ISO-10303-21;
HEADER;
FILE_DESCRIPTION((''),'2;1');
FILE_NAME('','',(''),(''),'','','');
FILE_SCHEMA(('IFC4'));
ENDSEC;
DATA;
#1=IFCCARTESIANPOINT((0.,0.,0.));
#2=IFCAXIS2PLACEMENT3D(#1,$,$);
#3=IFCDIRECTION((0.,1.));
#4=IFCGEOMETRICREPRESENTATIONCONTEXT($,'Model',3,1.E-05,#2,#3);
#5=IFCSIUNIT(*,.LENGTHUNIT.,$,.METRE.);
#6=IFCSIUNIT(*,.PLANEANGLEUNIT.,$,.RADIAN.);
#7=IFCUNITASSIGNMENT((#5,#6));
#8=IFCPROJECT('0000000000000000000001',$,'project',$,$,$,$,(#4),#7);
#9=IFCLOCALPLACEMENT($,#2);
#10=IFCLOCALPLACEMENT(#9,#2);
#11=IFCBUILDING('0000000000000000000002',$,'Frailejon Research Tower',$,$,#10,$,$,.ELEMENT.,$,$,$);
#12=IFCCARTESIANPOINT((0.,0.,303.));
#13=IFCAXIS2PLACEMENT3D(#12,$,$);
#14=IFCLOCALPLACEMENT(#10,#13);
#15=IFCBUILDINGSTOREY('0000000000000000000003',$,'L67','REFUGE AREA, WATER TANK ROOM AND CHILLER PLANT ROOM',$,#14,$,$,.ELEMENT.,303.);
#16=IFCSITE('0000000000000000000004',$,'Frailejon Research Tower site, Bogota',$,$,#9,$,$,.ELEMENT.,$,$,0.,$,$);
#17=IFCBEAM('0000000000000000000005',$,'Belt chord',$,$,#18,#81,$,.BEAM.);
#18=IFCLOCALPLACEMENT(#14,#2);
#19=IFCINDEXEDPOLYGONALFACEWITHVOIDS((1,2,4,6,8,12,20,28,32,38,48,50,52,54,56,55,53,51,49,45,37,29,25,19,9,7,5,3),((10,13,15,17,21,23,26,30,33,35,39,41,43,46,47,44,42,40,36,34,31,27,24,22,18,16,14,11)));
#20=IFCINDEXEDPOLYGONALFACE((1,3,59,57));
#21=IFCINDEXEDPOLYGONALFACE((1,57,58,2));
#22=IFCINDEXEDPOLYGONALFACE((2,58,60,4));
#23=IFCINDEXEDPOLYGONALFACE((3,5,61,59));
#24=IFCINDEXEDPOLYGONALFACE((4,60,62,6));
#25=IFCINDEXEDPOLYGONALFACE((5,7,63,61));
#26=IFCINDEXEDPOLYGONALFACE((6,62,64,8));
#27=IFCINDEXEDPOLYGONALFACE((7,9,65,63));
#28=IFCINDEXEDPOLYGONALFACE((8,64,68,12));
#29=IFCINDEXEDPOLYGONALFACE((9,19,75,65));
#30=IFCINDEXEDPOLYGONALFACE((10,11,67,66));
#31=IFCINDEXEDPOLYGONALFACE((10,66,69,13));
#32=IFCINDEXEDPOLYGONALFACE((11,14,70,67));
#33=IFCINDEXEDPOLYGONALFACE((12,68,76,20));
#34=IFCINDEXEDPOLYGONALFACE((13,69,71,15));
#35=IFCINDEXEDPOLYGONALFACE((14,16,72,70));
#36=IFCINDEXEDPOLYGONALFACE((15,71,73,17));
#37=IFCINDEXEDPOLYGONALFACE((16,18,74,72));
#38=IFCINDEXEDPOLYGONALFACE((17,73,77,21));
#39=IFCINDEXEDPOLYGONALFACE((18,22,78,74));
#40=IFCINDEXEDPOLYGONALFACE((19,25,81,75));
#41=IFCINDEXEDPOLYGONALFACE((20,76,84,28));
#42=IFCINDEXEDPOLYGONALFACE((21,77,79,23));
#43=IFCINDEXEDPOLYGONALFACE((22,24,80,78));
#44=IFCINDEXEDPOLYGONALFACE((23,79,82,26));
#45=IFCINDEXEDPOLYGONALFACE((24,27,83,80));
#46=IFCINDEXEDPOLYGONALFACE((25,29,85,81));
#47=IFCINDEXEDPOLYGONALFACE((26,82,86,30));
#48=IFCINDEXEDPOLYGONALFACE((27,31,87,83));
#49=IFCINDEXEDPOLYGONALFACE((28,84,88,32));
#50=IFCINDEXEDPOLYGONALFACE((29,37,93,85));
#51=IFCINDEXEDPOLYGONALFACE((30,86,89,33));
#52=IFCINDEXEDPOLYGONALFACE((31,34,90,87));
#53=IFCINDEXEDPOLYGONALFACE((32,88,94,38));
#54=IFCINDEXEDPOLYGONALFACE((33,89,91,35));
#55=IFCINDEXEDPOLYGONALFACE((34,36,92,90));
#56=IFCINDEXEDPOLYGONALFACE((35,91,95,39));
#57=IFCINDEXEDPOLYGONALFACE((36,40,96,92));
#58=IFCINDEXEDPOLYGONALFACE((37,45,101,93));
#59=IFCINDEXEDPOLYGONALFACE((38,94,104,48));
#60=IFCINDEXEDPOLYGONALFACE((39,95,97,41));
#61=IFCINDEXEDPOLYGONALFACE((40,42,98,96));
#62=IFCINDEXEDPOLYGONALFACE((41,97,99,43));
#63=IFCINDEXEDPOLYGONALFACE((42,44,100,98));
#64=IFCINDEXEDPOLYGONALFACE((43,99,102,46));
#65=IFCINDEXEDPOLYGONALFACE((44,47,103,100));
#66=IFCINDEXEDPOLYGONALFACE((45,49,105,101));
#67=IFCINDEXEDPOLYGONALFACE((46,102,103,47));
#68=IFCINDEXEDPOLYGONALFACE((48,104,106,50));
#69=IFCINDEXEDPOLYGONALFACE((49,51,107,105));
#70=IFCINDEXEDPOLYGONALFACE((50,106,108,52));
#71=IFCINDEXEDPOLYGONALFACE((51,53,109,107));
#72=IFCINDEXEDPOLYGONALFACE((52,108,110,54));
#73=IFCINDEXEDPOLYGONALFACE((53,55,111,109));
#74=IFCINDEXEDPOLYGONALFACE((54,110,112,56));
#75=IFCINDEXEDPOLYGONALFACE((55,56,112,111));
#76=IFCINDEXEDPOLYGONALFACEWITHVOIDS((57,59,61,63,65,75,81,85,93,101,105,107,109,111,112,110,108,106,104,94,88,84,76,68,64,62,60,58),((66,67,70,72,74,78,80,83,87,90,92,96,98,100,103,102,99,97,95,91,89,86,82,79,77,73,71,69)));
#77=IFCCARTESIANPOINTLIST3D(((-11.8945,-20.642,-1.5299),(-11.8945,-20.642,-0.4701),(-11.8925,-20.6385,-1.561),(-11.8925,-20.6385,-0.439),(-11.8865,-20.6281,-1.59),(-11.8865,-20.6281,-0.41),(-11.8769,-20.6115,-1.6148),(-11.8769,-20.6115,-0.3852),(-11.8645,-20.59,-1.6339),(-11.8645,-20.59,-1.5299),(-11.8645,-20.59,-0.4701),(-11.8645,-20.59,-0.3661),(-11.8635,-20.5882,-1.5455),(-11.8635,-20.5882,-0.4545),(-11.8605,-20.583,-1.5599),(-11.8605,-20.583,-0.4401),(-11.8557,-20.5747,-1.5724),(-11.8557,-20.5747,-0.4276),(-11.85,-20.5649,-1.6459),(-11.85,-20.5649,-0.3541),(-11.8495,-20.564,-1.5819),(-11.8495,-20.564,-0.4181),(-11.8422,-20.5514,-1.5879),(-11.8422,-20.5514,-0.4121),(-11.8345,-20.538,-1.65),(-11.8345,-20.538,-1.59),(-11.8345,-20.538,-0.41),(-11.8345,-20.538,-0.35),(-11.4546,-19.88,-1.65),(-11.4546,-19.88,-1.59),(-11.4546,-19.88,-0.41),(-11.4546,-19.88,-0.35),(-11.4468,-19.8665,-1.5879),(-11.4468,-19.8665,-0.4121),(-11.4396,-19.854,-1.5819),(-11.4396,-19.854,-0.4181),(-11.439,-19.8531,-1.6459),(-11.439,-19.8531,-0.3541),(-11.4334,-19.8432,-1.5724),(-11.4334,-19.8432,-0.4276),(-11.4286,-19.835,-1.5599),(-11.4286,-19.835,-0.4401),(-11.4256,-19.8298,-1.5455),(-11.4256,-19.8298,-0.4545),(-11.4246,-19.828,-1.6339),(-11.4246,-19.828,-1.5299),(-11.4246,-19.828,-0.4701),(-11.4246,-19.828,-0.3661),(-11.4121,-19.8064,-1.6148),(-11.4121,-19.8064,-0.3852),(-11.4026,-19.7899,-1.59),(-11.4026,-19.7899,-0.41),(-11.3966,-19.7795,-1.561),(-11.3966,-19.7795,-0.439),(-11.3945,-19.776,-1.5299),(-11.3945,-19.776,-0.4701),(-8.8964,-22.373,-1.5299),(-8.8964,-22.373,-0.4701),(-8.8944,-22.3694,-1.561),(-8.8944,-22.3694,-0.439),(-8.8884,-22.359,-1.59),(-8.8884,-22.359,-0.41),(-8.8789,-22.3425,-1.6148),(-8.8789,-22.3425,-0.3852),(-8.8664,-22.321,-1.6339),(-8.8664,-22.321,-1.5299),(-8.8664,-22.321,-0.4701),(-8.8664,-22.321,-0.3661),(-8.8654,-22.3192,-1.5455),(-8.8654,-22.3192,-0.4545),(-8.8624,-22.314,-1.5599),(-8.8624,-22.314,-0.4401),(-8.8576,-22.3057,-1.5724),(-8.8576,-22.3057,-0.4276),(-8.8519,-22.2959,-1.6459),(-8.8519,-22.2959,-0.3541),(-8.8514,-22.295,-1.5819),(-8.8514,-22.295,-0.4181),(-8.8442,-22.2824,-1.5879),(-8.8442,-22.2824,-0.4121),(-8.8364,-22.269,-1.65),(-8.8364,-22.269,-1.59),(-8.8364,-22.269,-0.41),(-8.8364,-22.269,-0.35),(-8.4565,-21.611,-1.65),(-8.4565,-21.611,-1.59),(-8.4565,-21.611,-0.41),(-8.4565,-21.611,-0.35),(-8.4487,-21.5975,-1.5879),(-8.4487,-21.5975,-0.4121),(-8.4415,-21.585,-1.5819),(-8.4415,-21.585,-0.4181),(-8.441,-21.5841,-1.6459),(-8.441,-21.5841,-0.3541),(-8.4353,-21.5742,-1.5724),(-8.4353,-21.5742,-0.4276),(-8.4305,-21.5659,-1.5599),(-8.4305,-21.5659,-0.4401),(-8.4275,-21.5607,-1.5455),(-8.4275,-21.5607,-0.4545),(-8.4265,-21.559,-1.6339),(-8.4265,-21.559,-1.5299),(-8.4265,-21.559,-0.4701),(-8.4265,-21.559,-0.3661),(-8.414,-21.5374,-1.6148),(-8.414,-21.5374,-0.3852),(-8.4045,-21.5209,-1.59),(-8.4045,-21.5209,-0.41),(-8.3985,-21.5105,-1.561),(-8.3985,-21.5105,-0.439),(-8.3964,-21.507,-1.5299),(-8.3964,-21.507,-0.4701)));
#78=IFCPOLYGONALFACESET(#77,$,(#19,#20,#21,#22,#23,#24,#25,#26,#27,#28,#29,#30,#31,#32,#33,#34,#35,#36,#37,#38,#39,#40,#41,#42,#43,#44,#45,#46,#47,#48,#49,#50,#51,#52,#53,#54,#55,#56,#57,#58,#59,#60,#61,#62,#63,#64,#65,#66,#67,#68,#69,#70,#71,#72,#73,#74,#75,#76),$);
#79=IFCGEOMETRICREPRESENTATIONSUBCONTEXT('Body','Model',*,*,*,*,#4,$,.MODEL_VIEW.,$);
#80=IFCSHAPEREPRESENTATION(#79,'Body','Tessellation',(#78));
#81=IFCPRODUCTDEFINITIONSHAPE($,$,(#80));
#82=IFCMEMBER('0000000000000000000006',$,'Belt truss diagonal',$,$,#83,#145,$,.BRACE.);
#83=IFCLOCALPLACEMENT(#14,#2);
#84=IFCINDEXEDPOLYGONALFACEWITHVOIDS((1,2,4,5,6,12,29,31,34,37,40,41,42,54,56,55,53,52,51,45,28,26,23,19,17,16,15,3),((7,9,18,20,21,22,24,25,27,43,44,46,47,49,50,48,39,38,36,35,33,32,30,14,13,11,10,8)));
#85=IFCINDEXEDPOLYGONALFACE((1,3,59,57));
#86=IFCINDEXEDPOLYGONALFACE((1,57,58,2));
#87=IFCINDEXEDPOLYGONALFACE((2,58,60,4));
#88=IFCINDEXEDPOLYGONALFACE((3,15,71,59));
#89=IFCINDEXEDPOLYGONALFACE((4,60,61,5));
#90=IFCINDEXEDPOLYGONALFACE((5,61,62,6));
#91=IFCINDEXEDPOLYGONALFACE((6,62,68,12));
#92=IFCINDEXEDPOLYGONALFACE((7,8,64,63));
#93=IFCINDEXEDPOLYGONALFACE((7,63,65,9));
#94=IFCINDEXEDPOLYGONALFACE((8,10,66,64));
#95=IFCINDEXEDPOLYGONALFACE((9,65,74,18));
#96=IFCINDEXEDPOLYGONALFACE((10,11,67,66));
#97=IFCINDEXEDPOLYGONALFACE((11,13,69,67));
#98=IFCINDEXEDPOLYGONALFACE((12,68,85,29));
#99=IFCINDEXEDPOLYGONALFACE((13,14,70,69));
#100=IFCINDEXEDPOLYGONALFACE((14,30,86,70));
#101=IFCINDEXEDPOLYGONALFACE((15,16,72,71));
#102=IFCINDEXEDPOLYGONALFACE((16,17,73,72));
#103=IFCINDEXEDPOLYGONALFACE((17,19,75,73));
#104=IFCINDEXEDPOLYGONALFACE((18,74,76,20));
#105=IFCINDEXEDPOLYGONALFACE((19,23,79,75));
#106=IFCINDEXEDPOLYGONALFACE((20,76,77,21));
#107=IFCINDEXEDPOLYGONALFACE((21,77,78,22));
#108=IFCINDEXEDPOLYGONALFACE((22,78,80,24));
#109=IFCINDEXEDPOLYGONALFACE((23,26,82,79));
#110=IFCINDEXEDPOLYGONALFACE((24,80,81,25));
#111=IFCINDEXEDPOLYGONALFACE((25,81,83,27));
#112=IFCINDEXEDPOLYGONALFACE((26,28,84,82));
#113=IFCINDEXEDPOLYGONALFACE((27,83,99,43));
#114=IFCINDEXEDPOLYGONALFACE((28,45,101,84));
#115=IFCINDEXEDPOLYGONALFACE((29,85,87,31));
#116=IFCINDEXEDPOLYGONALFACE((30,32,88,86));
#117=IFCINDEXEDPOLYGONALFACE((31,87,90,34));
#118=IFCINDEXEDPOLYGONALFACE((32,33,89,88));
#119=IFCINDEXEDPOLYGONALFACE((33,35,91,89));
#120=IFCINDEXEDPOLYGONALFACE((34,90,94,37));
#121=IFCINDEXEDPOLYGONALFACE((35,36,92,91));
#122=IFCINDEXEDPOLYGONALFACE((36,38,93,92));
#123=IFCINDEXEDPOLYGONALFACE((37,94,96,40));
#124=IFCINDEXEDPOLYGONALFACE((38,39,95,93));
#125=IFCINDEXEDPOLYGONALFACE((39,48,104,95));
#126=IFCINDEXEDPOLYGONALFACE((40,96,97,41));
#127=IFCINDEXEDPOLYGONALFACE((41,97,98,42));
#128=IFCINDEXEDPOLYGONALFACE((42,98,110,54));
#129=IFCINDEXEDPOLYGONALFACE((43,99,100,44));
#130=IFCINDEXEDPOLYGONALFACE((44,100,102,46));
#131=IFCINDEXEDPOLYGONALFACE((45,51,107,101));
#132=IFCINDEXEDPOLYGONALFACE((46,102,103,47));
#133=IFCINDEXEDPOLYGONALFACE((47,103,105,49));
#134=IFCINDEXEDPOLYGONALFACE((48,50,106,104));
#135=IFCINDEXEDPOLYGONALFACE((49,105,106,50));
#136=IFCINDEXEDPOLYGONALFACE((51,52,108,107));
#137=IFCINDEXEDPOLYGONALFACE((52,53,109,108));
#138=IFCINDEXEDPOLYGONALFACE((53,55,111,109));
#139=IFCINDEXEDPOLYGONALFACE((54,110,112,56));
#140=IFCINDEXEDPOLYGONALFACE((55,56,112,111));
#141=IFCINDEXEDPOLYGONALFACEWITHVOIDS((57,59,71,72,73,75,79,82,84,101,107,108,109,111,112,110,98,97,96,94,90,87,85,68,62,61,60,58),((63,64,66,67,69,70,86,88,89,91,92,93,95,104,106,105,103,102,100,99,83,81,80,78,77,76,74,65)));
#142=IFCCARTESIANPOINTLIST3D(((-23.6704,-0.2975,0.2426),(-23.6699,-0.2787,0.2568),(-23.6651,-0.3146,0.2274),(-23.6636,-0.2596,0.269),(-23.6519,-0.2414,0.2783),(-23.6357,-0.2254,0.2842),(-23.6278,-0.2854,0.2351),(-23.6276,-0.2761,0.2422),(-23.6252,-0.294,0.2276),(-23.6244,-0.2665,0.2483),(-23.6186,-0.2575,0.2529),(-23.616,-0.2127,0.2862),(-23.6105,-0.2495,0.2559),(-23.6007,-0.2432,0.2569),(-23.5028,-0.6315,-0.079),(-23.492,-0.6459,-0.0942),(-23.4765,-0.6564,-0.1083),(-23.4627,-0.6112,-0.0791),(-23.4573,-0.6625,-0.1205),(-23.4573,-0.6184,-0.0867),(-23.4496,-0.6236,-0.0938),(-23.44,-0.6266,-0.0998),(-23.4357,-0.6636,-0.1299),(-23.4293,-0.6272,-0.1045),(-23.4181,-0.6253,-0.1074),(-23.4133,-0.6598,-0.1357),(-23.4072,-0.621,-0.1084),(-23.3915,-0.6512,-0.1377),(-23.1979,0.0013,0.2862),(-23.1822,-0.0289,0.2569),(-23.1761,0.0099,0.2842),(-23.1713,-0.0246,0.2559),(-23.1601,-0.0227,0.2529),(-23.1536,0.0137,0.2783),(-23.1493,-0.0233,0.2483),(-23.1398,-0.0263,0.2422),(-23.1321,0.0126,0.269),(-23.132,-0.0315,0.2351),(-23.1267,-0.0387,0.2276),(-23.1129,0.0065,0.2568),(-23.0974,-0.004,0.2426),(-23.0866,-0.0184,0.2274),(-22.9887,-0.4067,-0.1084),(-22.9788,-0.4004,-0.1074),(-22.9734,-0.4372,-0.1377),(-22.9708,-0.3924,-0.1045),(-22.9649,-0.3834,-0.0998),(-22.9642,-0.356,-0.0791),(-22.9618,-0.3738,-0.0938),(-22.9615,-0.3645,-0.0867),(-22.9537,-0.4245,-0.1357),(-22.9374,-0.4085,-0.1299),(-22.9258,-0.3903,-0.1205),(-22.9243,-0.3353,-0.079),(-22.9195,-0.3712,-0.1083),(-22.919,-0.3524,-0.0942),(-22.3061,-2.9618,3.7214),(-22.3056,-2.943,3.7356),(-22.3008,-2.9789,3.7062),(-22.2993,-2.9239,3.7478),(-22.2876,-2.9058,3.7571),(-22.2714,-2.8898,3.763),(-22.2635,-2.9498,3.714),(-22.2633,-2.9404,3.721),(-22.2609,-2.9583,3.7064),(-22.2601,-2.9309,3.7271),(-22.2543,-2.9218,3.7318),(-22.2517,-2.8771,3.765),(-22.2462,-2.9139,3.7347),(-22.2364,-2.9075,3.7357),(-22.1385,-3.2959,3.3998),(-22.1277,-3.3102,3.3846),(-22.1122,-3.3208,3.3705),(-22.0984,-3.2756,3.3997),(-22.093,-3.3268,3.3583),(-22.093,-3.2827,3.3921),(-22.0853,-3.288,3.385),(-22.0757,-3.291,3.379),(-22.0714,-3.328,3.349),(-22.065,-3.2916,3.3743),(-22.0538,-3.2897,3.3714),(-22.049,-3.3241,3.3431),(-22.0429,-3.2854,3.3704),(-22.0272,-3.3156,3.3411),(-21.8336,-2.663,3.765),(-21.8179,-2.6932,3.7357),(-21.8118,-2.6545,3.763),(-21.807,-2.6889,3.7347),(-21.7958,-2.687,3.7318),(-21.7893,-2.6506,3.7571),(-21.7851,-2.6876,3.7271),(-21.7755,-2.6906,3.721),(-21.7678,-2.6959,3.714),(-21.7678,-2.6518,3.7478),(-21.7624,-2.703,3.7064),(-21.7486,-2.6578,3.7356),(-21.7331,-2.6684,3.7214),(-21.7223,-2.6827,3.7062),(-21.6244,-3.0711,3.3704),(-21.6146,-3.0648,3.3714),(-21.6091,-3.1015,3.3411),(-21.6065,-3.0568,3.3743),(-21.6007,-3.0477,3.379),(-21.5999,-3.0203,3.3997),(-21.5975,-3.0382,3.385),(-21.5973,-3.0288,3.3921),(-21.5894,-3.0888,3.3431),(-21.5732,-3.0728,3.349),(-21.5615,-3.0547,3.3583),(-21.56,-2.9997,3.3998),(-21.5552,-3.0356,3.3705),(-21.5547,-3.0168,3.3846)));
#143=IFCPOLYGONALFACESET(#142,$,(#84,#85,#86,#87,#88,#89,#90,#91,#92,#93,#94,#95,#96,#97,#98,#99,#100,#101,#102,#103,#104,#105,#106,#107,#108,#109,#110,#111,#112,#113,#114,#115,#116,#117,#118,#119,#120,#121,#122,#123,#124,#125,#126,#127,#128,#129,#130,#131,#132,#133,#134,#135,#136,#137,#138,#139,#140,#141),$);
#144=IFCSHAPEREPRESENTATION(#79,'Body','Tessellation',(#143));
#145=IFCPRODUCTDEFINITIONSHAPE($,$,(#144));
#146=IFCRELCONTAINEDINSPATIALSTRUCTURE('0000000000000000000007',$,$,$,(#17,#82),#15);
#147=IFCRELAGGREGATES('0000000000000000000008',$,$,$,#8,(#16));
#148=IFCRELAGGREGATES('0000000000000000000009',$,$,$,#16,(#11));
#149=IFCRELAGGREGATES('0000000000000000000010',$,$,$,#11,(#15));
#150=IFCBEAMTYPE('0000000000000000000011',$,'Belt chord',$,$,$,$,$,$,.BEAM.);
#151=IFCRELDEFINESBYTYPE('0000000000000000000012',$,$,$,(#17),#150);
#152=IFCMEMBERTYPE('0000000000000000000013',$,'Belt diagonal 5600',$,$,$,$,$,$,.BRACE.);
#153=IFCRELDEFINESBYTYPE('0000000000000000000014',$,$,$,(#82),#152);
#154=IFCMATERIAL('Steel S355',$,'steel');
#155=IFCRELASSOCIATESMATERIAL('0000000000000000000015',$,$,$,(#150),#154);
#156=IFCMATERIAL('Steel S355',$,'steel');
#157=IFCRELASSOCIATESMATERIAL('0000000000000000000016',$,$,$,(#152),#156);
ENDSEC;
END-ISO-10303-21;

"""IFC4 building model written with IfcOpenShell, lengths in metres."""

from ifc_helpers import new_model, si_unit, direction, frame, origin, origin_2d, place, context, subcontext, project, spatial, hollow_rectangle, extrude, material, material_profile, profile_set, type_object, element, save


model = new_model("IFC4")

# Units and contexts
model_context = context("Model", 3, precision=1e-05, world=origin(), true_north=direction((0.0, 1.0)))
body_context = subcontext(model_context, "Body", "Model", "MODEL_VIEW")
ifc_project = project(units=[si_unit("LENGTHUNIT", "METRE"), si_unit("PLANEANGLEUNIT", "RADIAN")], contexts=[model_context])

# Site, building, storey
site_placement = place(None, origin())
site = spatial("IfcSite", under=ifc_project, at=site_placement, Name="Frailejon Research Tower site, Bogota", CompositionType="ELEMENT", RefElevation=0.0)
building_placement = place(site_placement, origin())
building = spatial("IfcBuilding", under=site, at=building_placement, Name="Frailejon Research Tower", CompositionType="ELEMENT")
storey_placement = place(building_placement, frame((0.0, 0.0, 303.0)))
storey = spatial("IfcBuildingStorey", under=building, at=storey_placement, Name="L67", Description="REFUGE AREA, WATER TANK ROOM AND CHILLER PLANT ROOM", CompositionType="ELEMENT", Elevation=303.0)

# Beam
ifc_material_1 = material(Name="Steel S355", Category="steel")
ifc_material_profile_1 = material_profile(ifc_material_1, hollow_rectangle(XDim=1.0, YDim=1.3, WallThickness=0.0601, InnerFilletRadius=0.0601, OuterFilletRadius=0.1201, at=origin_2d()), Name="Belt chord")
ifc_profile_set_1 = profile_set([ifc_material_profile_1], Name="Steel S355")
beam_type_1 = type_object("IfcBeamType", Name="Belt chord", PredefinedType="BEAM", material=ifc_profile_set_1)
beam_1_placement = place(storey_placement, frame((-11.6445, -20.209, -1.0), z_axis=(0.866021, -0.500007, 0.0), x_axis=(0.500007, 0.866021, 0.0)))
element("IfcBeam", 1, at=beam_1_placement, inside=storey, type_object=beam_type_1, Name="Belt chord", PredefinedType="BEAM", context=body_context, shape_type="SweptSolid", body=[
    extrude(hollow_rectangle(XDim=1.0, YDim=1.3, WallThickness=0.0601, InnerFilletRadius=0.0601, OuterFilletRadius=0.1201, at=origin_2d()), origin(), (0.0, 0.0, 1.0), 3.4619),
])

# Member
ifc_material_2 = material(Name="Steel S355", Category="steel")
ifc_material_profile_2 = material_profile(ifc_material_2, hollow_rectangle(XDim=0.6499, YDim=0.6499, WallThickness=0.0449, InnerFilletRadius=0.0449, OuterFilletRadius=0.0901, at=origin_2d()), Name="Belt diagonal 5600")
ifc_profile_set_2 = profile_set([ifc_material_profile_2], Name="Steel S355")
member_type = type_object("IfcMemberType", Name="Belt diagonal 5600", PredefinedType="BRACE", material=ifc_profile_set_2)
member_1_placement = place(storey_placement, frame((-23.2947, -0.325, 0.0742), z_axis=(0.29727, -0.58055, 0.758018), x_axis=(0.890096, 0.455773, 0.0)))
element("IfcMember", 2, at=member_1_placement, inside=storey, type_object=member_type, Name="Belt truss diagonal", PredefinedType="BRACE", context=body_context, shape_type="SweptSolid", body=[
    extrude(hollow_rectangle(XDim=0.6499, YDim=0.6499, WallThickness=0.0449, InnerFilletRadius=0.0449, OuterFilletRadius=0.0901, at=origin_2d()), origin(), (0.0, 0.0, 1.0), 4.5894),
])

save(model, "model.ifc")
